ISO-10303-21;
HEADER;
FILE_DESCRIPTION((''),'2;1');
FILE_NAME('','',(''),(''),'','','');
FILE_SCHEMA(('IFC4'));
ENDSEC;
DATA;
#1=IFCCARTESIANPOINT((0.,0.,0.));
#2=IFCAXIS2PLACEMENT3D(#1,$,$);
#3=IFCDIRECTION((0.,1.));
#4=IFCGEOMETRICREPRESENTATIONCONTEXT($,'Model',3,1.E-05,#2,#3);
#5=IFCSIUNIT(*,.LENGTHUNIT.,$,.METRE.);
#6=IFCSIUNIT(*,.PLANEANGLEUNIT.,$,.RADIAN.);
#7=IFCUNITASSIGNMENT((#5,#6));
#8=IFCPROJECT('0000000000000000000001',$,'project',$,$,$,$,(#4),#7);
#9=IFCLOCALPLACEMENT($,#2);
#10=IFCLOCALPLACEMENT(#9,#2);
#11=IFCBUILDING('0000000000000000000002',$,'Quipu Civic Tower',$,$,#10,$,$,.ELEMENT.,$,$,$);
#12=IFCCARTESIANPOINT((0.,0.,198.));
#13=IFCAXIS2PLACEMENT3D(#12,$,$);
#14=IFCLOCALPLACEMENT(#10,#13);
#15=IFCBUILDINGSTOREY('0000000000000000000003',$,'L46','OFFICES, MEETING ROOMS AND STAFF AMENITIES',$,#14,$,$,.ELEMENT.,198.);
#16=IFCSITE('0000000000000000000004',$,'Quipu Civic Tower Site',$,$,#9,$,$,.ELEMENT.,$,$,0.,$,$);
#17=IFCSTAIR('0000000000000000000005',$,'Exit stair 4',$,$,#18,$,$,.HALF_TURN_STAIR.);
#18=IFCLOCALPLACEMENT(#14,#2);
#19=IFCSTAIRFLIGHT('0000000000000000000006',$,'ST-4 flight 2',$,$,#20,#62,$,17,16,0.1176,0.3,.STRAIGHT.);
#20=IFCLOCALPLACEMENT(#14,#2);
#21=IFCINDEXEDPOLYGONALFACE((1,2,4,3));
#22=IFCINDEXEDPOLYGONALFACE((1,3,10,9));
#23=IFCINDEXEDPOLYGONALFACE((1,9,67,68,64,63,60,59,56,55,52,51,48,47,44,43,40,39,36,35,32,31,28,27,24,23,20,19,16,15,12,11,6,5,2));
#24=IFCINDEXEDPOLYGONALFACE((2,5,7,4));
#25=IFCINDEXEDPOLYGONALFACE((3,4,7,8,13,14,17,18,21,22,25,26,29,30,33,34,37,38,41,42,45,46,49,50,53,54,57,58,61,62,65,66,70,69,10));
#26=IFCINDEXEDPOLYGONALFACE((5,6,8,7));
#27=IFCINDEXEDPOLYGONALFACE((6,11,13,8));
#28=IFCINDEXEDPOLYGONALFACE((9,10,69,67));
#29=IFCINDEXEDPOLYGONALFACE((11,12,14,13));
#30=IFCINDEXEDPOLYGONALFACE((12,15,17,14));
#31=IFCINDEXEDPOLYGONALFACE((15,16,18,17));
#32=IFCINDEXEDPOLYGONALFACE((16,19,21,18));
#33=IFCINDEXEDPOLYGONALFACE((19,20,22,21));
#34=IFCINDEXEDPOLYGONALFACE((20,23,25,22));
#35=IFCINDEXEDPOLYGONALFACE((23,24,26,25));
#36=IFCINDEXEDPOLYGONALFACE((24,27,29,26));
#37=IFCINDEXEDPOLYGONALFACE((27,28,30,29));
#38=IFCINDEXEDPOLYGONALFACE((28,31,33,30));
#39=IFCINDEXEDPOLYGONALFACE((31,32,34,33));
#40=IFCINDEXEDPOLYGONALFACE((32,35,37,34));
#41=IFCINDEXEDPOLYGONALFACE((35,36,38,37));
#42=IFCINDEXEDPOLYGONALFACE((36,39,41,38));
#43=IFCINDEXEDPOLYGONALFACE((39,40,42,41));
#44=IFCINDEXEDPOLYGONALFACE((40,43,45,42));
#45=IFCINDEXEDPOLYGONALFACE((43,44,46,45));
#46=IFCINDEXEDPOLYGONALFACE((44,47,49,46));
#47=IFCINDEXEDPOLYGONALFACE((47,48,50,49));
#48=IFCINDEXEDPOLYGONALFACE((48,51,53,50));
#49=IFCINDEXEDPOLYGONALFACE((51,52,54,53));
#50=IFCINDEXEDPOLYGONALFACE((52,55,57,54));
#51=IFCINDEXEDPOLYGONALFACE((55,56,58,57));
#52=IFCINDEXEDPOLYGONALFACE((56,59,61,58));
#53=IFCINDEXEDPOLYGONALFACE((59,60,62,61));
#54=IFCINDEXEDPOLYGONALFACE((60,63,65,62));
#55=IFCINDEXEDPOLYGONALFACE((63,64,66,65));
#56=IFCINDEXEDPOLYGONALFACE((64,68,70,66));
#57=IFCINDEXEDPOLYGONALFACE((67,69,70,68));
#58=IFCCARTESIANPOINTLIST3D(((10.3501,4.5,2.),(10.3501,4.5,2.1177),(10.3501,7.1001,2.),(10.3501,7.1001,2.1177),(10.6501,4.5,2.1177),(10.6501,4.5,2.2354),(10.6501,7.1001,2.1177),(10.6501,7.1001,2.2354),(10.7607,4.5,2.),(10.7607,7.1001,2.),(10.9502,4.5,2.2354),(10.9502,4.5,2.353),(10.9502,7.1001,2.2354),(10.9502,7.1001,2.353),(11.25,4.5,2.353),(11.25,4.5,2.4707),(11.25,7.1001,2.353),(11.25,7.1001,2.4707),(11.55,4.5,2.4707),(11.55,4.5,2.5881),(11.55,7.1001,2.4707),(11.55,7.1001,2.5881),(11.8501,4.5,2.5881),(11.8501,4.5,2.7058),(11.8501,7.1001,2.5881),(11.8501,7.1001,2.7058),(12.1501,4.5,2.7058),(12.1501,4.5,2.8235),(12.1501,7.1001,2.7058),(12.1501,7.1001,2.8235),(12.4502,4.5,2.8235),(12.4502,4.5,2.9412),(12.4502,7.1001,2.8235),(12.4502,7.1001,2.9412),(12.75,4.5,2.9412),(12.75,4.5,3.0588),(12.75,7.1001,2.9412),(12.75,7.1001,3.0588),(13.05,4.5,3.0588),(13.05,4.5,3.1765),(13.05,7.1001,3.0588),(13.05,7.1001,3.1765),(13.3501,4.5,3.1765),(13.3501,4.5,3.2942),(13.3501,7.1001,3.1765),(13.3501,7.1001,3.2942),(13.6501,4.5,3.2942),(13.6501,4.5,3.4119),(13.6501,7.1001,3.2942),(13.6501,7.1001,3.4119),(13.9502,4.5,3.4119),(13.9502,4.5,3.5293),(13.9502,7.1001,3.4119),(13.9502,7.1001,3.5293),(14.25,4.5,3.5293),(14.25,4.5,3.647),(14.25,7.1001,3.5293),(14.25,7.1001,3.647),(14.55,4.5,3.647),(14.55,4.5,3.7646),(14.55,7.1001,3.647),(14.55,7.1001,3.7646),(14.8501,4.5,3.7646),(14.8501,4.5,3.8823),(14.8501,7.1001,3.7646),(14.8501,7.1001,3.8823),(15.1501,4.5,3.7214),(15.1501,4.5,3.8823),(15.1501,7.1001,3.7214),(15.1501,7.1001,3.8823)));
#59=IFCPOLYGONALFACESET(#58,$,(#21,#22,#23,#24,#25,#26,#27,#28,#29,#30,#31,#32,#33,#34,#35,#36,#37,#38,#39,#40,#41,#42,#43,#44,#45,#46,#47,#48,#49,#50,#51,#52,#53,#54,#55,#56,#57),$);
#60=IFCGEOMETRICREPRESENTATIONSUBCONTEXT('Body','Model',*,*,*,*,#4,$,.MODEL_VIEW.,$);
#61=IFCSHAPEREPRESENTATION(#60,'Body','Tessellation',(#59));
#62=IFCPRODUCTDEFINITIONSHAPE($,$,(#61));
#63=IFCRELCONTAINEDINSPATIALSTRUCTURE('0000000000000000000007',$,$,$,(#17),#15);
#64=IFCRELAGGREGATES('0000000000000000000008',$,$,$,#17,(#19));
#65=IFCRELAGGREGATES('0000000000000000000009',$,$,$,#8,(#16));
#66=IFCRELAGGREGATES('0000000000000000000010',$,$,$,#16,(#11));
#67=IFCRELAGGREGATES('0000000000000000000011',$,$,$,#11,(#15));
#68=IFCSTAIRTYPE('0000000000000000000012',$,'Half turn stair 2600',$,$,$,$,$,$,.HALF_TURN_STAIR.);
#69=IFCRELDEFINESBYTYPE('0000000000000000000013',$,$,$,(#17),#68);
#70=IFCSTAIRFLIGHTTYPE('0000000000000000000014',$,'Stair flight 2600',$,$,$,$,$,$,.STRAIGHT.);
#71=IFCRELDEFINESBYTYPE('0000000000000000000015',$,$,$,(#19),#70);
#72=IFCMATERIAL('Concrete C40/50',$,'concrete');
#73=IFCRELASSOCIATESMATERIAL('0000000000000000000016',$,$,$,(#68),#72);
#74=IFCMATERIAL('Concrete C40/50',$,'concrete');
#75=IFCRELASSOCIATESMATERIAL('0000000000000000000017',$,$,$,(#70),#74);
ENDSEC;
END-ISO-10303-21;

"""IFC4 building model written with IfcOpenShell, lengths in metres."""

from ifc_helpers import new_model, si_unit, direction, frame, origin, place, context, subcontext, project, spatial, polyline, outline, extrude, material, type_object, element, aggregate, save


model = new_model("IFC4")

# Units and contexts
model_context = context("Model", 3, precision=1e-05, world=origin(), true_north=direction((0.0, 1.0)))
body_context = subcontext(model_context, "Body", "Model", "MODEL_VIEW")
ifc_project = project(units=[si_unit("LENGTHUNIT", "METRE"), si_unit("PLANEANGLEUNIT", "RADIAN")], contexts=[model_context])

# Site, building, storey
site_placement = place(None, origin())
site = spatial("IfcSite", under=ifc_project, at=site_placement, Name="Quipu Civic Tower Site", CompositionType="ELEMENT", RefElevation=0.0)
building_placement = place(site_placement, origin())
building = spatial("IfcBuilding", under=site, at=building_placement, Name="Quipu Civic Tower", CompositionType="ELEMENT")
storey_placement = place(building_placement, frame((0.0, 0.0, 198.0)))
storey = spatial("IfcBuildingStorey", under=building, at=storey_placement, Name="L46", Description="OFFICES, MEETING ROOMS AND STAFF AMENITIES", CompositionType="ELEMENT", Elevation=198.0)

# Stair, stair flight
ifc_material_1 = material(Name="Concrete C40/50", Category="concrete")
stair_type = type_object("IfcStairType", Name="Half turn stair 2600", PredefinedType="HALF_TURN_STAIR", material=ifc_material_1)
stair_placement = place(storey_placement, origin())
stair = element("IfcStair", 1, at=stair_placement, inside=storey, type_object=stair_type, Name="Exit stair 4", PredefinedType="HALF_TURN_STAIR")
ifc_material_2 = material(Name="Concrete C40/50", Category="concrete")
stair_flight_type = type_object("IfcStairFlightType", Name="Stair flight 2600", PredefinedType="STRAIGHT", material=ifc_material_2)
stair_flight_1_placement = place(storey_placement, frame((10.3501, 5.8, 2.0), z_axis=(0.0, 0.0, 1.0), x_axis=(1.0, 0.0, 0.0)))
stair_flight_1 = element("IfcStairFlight", 2, at=stair_flight_1_placement, type_object=stair_flight_type, Name="ST-4 flight 2", NumberOfRisers=17, NumberOfTreads=16, PredefinedType="STRAIGHT", RiserHeight=0.1176, TreadLength=0.3, context=body_context, shape_type="SweptSolid", body=[
    extrude(outline(polyline([(0.0, 0.0), (0.0, 0.1177), (0.3, 0.1177), (0.3, 0.2354), (0.6001, 0.2354), (0.6001, 0.353), (0.8999, 0.353), (0.8999, 0.4707), (1.2, 0.4707), (1.2, 0.5881), (1.5, 0.5881), (1.5, 0.7058), (1.8, 0.7058), (1.8, 0.8235), (2.1001, 0.8235), (2.1001, 0.9412), (2.3999, 0.9412), (2.3999, 1.0588), (2.7, 1.0588), (2.7, 1.1765), (3.0, 1.1765), (3.0, 1.2942), (3.3, 1.2942), (3.3, 1.4119), (3.6001, 1.4119), (3.6001, 1.5293), (3.8999, 1.5293), (3.8999, 1.647), (4.2, 1.647), (4.2, 1.7646), (4.5, 1.7646), (4.5, 1.8823), (4.8, 1.8823), (4.8, 2.0), (4.8, 1.7214), (0.4106, 0.0), (0.0, 0.0)])), frame((0.0, 1.3, 0.0), z_axis=(0.0, -1.0, 0.0), x_axis=(1.0, 0.0, 0.0)), (0.0, 0.0, 1.0), 2.6001),
])
aggregate(stair, [stair_flight_1])

save(model, "model.ifc")
